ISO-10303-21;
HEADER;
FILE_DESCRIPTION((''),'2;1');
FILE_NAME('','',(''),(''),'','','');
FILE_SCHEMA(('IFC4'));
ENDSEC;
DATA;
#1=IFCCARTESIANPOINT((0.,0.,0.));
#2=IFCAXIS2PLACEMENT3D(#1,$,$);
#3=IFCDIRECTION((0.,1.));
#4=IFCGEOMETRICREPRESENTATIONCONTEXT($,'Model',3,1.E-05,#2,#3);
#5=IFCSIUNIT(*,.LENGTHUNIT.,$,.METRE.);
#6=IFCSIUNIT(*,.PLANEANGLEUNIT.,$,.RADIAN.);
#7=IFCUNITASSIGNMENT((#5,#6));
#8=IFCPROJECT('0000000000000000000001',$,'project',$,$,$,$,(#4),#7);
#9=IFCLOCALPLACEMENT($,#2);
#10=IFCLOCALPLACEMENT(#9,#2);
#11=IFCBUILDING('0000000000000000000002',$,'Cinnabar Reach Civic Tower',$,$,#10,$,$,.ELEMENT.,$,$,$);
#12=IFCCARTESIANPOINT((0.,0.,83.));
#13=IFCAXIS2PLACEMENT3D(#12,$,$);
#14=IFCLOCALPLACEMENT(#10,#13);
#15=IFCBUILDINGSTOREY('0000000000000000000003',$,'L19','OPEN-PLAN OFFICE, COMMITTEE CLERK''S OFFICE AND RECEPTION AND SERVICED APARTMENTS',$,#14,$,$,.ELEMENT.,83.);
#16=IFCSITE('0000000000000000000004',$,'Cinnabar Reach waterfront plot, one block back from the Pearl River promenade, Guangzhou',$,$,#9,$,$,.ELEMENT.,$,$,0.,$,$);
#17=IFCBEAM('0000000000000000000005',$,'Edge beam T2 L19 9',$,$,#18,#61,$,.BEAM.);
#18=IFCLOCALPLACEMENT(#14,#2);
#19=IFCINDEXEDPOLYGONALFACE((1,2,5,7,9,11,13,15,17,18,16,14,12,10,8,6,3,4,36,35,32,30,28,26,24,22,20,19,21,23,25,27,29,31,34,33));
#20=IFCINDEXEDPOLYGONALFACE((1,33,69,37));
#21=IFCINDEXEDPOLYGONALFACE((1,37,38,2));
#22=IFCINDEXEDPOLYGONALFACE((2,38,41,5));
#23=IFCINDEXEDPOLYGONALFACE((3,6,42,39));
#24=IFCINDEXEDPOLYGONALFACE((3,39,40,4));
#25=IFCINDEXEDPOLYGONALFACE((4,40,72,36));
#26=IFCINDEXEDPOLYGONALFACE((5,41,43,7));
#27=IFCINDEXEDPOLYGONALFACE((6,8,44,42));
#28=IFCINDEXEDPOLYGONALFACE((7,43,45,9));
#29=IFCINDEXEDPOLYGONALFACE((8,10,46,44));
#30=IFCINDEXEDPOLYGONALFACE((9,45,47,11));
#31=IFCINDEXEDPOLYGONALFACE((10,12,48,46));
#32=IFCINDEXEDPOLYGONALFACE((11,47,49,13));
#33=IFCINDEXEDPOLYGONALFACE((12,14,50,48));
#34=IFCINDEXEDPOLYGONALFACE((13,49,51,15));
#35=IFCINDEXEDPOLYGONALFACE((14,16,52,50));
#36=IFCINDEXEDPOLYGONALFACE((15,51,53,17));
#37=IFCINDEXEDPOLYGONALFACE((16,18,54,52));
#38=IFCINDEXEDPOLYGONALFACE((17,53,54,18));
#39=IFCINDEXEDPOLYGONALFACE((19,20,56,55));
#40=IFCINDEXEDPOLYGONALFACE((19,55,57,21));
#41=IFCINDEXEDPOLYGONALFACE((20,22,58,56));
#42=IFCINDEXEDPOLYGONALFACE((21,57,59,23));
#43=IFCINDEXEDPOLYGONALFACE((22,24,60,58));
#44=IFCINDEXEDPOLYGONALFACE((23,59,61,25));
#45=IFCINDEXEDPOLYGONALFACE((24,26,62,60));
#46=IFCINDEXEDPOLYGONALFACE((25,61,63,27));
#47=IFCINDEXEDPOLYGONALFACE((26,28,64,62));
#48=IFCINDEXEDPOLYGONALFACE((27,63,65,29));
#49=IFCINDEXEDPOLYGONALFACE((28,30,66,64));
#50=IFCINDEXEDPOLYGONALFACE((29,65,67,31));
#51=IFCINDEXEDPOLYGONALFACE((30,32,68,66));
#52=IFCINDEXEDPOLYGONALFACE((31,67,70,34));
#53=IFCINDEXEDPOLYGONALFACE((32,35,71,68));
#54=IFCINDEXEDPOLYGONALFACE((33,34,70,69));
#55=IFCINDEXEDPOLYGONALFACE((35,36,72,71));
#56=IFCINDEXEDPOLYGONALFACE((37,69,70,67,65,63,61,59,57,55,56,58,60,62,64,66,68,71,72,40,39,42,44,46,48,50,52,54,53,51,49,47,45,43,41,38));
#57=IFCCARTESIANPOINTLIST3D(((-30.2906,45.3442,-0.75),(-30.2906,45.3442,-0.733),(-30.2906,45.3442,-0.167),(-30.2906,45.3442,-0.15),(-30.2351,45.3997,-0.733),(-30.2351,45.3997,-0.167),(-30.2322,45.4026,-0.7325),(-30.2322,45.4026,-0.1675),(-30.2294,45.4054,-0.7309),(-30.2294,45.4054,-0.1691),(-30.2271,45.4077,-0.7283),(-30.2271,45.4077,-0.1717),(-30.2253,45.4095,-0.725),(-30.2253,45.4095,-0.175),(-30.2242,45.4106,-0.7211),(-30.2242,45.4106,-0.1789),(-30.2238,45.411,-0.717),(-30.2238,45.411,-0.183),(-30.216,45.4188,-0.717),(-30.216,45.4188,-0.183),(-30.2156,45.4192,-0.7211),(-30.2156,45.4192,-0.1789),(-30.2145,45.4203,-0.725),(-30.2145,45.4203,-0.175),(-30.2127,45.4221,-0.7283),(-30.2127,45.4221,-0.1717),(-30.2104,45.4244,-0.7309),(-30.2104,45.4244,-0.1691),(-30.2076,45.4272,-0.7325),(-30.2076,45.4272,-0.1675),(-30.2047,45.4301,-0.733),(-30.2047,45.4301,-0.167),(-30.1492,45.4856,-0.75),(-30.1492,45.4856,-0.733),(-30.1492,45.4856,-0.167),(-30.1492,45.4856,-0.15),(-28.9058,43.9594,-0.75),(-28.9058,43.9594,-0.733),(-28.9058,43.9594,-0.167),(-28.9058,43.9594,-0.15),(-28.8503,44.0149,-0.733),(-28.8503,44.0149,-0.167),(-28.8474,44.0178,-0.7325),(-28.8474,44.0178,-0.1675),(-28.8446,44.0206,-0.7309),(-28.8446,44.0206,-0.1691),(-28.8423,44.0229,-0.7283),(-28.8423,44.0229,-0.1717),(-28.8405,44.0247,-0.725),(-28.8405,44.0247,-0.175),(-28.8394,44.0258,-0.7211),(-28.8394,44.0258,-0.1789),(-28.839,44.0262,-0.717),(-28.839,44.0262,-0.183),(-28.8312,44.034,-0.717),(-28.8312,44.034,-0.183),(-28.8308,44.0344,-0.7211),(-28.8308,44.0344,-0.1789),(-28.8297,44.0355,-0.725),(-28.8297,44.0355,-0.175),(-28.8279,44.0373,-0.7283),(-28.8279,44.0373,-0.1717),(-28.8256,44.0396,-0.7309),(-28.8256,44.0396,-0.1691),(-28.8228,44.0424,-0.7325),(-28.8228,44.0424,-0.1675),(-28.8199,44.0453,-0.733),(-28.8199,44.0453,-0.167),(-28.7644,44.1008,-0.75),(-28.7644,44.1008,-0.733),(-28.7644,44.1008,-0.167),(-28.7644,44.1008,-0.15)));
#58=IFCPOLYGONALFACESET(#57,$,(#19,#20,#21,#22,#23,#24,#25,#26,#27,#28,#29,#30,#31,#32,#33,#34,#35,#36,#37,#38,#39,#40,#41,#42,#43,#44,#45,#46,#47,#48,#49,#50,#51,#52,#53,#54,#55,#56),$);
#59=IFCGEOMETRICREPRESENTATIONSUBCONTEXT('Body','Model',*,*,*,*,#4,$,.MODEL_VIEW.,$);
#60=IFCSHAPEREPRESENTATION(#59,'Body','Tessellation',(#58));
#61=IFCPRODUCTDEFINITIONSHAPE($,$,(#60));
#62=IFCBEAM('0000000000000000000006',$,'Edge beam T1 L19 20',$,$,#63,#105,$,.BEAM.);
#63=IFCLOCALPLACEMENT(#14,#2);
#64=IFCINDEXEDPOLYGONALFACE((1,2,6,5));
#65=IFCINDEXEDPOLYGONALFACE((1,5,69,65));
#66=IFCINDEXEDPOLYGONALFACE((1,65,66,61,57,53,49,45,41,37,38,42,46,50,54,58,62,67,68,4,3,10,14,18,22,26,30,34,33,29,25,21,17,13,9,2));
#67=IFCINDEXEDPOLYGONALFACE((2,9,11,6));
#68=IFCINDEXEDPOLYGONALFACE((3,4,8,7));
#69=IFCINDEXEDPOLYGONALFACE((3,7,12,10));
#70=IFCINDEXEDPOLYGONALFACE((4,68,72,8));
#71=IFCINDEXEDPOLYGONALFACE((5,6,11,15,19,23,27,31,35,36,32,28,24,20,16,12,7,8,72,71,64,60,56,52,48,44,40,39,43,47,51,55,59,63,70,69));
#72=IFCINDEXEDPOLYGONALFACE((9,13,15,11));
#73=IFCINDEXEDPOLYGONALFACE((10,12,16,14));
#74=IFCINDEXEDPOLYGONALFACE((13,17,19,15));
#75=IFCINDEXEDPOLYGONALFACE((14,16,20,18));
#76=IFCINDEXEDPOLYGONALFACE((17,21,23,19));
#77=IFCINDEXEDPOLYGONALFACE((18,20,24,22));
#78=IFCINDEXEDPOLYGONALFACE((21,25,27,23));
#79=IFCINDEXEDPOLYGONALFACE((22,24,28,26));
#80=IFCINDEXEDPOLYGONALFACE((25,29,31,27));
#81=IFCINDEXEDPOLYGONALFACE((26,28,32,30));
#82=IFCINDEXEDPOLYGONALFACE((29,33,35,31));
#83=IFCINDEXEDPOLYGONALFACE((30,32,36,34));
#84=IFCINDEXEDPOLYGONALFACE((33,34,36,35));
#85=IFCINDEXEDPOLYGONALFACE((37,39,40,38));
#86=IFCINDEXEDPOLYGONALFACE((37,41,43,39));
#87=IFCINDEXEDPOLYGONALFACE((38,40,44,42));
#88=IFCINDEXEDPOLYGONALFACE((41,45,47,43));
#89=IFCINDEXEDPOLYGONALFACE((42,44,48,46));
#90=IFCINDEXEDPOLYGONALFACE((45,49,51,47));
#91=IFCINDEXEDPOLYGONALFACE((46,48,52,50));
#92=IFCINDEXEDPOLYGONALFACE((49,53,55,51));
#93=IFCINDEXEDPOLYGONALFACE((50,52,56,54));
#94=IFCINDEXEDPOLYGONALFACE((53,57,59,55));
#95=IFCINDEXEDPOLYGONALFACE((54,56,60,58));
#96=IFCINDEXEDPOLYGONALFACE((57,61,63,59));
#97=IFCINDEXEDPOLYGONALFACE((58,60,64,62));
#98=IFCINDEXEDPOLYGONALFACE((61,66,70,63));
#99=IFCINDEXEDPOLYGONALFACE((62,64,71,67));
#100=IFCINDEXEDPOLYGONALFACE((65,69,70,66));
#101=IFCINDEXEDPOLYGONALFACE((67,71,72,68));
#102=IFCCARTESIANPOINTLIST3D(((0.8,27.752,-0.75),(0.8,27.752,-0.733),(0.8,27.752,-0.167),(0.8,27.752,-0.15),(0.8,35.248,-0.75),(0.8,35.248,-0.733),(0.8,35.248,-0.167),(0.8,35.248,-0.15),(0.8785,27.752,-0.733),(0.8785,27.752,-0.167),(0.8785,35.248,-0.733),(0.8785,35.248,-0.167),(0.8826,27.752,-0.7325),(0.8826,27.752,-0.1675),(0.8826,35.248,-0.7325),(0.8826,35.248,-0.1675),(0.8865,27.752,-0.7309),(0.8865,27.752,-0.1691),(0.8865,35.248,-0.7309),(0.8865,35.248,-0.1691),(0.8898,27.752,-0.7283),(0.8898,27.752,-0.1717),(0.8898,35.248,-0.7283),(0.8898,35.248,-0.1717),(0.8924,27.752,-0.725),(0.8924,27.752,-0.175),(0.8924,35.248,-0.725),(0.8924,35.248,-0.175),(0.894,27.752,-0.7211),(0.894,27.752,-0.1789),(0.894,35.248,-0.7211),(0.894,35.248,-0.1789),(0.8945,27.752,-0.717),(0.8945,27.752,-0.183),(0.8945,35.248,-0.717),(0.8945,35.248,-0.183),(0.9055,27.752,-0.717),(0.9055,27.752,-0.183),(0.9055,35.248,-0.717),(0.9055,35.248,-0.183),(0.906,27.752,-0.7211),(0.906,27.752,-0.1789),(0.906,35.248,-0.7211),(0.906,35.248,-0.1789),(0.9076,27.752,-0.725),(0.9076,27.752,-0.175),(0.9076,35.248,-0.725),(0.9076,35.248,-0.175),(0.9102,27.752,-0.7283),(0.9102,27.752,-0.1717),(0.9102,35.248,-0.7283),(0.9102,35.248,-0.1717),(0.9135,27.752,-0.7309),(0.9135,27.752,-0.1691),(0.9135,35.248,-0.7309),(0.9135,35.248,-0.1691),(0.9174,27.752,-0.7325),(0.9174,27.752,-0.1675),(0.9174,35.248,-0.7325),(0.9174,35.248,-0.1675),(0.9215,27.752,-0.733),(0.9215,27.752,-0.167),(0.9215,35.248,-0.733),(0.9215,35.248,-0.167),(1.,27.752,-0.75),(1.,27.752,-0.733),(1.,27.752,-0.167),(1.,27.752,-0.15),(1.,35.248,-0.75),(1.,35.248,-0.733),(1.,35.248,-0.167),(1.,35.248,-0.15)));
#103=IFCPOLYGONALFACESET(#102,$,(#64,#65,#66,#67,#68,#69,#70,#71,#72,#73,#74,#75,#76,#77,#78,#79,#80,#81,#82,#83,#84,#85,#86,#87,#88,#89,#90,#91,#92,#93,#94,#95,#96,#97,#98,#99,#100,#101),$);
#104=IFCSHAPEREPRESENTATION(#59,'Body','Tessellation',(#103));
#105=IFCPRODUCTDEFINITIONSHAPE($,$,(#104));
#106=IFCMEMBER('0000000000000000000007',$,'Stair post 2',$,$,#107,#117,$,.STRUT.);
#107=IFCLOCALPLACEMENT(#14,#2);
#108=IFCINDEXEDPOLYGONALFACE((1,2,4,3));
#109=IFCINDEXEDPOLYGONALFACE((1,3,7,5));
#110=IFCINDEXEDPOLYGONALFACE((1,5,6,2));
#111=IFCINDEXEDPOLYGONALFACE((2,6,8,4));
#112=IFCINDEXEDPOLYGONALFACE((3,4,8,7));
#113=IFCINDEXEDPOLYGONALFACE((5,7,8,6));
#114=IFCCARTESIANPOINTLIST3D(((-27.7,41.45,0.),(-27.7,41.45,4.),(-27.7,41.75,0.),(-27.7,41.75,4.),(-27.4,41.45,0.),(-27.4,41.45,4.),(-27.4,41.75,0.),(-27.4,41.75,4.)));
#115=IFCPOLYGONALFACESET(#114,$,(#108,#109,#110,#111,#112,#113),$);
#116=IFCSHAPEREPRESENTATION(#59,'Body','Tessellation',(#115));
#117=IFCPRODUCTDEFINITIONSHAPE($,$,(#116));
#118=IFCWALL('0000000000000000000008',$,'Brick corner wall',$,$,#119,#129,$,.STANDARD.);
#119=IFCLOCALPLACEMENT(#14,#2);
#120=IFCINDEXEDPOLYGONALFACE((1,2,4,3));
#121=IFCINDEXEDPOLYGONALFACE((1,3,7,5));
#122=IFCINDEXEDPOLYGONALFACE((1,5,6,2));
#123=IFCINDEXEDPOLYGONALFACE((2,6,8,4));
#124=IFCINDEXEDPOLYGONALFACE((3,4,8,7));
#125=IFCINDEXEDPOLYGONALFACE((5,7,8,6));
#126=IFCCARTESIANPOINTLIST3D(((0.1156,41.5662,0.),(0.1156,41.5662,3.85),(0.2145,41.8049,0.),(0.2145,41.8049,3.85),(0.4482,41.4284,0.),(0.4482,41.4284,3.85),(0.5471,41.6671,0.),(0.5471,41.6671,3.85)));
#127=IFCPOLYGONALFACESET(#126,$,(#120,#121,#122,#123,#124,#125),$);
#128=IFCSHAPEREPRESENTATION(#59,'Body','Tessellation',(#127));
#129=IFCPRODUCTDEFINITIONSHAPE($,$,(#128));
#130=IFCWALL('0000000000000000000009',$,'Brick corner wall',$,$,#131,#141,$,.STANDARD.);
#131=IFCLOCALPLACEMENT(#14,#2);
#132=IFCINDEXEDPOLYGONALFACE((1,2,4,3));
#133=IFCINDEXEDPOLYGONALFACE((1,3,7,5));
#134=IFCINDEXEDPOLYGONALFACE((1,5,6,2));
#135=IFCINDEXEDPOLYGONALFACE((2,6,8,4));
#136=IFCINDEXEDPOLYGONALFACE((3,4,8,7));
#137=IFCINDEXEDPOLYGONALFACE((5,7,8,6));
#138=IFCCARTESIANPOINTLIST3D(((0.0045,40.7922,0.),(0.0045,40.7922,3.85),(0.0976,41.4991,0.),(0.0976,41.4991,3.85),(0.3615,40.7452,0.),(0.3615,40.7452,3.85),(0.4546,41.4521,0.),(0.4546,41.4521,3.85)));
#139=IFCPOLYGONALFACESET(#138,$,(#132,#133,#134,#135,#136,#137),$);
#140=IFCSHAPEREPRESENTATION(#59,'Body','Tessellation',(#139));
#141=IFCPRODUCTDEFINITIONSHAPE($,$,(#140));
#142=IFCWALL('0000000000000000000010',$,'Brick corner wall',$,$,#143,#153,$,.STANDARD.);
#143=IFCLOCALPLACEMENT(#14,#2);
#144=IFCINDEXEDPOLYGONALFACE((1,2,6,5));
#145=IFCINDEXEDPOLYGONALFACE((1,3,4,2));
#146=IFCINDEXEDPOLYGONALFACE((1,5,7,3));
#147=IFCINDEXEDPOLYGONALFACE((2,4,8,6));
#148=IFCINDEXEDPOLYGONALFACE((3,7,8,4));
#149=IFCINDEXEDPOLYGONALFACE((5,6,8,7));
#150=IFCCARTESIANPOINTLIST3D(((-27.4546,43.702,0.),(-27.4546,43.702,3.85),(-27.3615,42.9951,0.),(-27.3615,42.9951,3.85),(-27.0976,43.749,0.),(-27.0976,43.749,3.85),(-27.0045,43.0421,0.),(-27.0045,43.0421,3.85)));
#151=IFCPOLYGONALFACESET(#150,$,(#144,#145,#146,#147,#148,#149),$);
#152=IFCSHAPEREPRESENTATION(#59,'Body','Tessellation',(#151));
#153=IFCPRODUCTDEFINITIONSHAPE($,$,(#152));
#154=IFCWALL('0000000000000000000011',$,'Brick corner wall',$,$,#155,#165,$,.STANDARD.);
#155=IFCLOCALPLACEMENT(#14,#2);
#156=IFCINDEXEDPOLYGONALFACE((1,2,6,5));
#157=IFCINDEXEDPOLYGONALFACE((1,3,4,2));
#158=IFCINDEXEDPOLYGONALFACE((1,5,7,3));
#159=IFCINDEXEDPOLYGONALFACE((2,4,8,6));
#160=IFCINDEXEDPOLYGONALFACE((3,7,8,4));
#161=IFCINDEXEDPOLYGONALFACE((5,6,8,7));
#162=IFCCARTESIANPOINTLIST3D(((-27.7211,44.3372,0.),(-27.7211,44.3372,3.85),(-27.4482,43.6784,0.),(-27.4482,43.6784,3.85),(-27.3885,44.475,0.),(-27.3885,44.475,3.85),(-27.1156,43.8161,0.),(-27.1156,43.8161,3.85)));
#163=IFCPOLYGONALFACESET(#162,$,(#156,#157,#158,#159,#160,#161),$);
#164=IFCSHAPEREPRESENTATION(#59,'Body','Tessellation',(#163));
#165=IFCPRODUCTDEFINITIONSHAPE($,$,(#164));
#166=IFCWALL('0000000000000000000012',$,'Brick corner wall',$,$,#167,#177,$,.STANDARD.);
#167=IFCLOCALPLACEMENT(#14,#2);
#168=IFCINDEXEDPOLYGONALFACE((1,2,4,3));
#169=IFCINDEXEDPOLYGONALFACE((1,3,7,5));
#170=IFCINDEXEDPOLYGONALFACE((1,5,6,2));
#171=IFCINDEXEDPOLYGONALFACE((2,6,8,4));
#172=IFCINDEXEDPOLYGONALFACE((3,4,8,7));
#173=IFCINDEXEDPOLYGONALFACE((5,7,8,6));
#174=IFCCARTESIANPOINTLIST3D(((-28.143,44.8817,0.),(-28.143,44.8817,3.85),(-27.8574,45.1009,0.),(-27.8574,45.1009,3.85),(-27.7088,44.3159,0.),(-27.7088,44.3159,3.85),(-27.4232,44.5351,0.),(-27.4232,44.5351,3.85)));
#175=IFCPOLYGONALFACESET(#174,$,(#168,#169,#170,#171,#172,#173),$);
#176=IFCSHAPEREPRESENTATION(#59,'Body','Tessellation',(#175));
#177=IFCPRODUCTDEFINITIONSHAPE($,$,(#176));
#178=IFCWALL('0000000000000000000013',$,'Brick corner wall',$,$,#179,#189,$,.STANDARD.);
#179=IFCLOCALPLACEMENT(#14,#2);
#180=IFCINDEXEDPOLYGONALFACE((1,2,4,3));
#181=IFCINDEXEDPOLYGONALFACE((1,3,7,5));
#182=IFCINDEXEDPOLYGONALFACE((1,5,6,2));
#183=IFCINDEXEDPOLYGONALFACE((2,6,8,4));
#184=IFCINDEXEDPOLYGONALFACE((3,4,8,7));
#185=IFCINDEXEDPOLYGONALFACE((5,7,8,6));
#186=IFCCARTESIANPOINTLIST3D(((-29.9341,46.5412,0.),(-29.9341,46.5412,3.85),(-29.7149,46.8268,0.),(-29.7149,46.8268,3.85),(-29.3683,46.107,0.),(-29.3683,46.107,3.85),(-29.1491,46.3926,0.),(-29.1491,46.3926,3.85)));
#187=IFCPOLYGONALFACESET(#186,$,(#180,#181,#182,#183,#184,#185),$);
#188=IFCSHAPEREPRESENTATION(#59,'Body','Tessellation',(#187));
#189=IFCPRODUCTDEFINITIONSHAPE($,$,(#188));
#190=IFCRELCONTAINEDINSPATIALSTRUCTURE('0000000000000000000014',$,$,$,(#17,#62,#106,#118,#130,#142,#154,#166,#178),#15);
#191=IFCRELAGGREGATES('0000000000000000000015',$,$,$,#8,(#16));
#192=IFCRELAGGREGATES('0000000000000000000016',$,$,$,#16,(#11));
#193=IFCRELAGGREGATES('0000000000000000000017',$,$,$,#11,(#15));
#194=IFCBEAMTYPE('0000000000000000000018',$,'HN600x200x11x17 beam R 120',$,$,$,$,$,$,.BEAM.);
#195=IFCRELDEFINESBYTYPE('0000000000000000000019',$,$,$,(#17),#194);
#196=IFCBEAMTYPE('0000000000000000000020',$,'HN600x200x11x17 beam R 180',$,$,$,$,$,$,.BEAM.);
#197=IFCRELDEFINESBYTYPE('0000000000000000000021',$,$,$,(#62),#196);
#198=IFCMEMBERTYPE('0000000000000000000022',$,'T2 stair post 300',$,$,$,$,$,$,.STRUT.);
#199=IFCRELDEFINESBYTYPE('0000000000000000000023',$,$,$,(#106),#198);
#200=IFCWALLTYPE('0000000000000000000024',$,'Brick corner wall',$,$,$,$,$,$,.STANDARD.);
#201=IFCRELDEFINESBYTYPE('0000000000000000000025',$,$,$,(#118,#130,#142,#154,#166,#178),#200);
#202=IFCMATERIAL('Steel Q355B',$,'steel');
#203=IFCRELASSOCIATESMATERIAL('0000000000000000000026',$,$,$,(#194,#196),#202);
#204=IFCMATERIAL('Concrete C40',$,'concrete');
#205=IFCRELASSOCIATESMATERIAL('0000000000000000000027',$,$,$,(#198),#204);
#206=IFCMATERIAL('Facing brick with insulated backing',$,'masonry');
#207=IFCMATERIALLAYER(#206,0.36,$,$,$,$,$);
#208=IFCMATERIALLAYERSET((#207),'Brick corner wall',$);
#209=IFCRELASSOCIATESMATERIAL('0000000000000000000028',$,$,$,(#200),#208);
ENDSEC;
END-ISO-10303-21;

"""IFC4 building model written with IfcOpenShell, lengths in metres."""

from ifc_helpers import new_model, si_unit, direction, frame, frame_2d, origin, origin_2d, place, context, subcontext, project, spatial, rectangle, i_section, extrude, material, layer, layer_set, material_profile, profile_set, type_object, element, save


model = new_model("IFC4")

# Units and contexts
model_context = context("Model", 3, precision=1e-05, world=origin(), true_north=direction((0.0, 1.0)))
body_context = subcontext(model_context, "Body", "Model", "MODEL_VIEW")
ifc_project = project(units=[si_unit("LENGTHUNIT", "METRE"), si_unit("PLANEANGLEUNIT", "RADIAN")], contexts=[model_context])

# Site, building, storey
site_placement = place(None, origin())
site = spatial("IfcSite", under=ifc_project, at=site_placement, Name="Cinnabar Reach waterfront plot, one block back from the Pearl River promenade, Guangzhou", CompositionType="ELEMENT", RefElevation=0.0)
building_placement = place(site_placement, origin())
building = spatial("IfcBuilding", under=site, at=building_placement, Name="Cinnabar Reach Civic Tower", CompositionType="ELEMENT")
storey_placement = place(building_placement, frame((0.0, 0.0, 83.0)))
storey = spatial("IfcBuildingStorey", under=building, at=storey_placement, Name="L19", Description="OPEN-PLAN OFFICE, COMMITTEE CLERK'S OFFICE AND RECEPTION AND SERVICED APARTMENTS", CompositionType="ELEMENT", Elevation=83.0)

# Beams
ifc_material_1 = material(Name="Steel Q355B", Category="steel")
ifc_material_profile_1 = material_profile(ifc_material_1, i_section(OverallWidth=0.2, OverallDepth=0.6, WebThickness=0.011, FlangeThickness=0.017, FilletRadius=0.016, at=origin_2d()), Name="HN600x200x11x17")
ifc_profile_set_1 = profile_set([ifc_material_profile_1], Name="Steel Q355B")
beam_type_1 = type_object("IfcBeamType", Name="HN600x200x11x17 beam R 120", PredefinedType="BEAM", material=ifc_profile_set_1)
beam_1_placement = place(storey_placement, frame((-28.8351, 44.0301, -0.45), z_axis=(-0.707107, 0.707107, 0.0), x_axis=(-0.707107, -0.707107, 0.0)))
element("IfcBeam", 1, at=beam_1_placement, inside=storey, type_object=beam_type_1, Name="Edge beam T2 L19 9", PredefinedType="BEAM", context=body_context, shape_type="SweptSolid", body=[
    extrude(i_section(OverallWidth=0.2, OverallDepth=0.6, WebThickness=0.011, FlangeThickness=0.017, FilletRadius=0.016, at=origin_2d()), origin(), (0.0, 0.0, 1.0), 1.9584),
])
ifc_material_profile_2 = material_profile(ifc_material_1, i_section(OverallWidth=0.2, OverallDepth=0.6, WebThickness=0.011, FlangeThickness=0.017, FilletRadius=0.016, at=origin_2d()), Name="HN600x200x11x17")
ifc_profile_set_2 = profile_set([ifc_material_profile_2], Name="Steel Q355B")
beam_type_2 = type_object("IfcBeamType", Name="HN600x200x11x17 beam R 180", PredefinedType="BEAM", material=ifc_profile_set_2)
beam_2_placement = place(storey_placement, frame((0.9, 35.248, -0.45), z_axis=(0.0, -1.0, 0.0), x_axis=(1.0, 0.0, 0.0)))
element("IfcBeam", 2, at=beam_2_placement, inside=storey, type_object=beam_type_2, Name="Edge beam T1 L19 20", PredefinedType="BEAM", context=body_context, shape_type="SweptSolid", body=[
    extrude(i_section(OverallWidth=0.2, OverallDepth=0.6, WebThickness=0.011, FlangeThickness=0.017, FilletRadius=0.016, at=origin_2d()), origin(), (0.0, 0.0, 1.0), 7.496),
])

# Member
ifc_material_2 = material(Name="Concrete C40", Category="concrete")
ifc_material_profile_3 = material_profile(ifc_material_2, rectangle(XDim=0.3, YDim=0.3, at=origin_2d()), Name="C300")
ifc_profile_set_3 = profile_set([ifc_material_profile_3], Name="Concrete C40")
member_type = type_object("IfcMemberType", Name="T2 stair post 300", PredefinedType="STRUT", material=ifc_profile_set_3)
member_placement = place(storey_placement, frame((-27.55, 41.6, 0.0), z_axis=(0.0, 0.0, 1.0), x_axis=(1.0, 0.0, 0.0)))
element("IfcMember", 3, at=member_placement, inside=storey, type_object=member_type, Name="Stair post 2", PredefinedType="STRUT", context=body_context, shape_type="SweptSolid", body=[
    extrude(rectangle(XDim=0.3, YDim=0.3, at=origin_2d()), origin(), (0.0, 0.0, 1.0), 4.0),
])

# Walls
ifc_material_3 = material(Name="Facing brick with insulated backing", Category="masonry")
ifc_layer_1 = layer(ifc_material_3, 0.36)
ifc_layer_set_1 = layer_set([ifc_layer_1], Name="Brick corner wall")
wall_type_1 = type_object("IfcWallType", Name="Brick corner wall", PredefinedType="STANDARD", material=ifc_layer_set_1)
wall_1_placement = place(storey_placement, frame((0.3808, 41.736, 0.0), z_axis=(0.0, 0.0, 1.0), x_axis=(-0.382773, -0.923842, 0.0)))
element("IfcWall", 4, at=wall_1_placement, inside=storey, type_object=wall_type_1, Name="Brick corner wall", PredefinedType="STANDARD", context=body_context, shape_type="SweptSolid", body=[
    extrude(rectangle(XDim=0.2584, YDim=0.36, at=frame_2d((0.1292, 0.0))), origin(), (0.0, 0.0, 1.0), 3.85),
])
for number, where, z_axis, x_axis, name in (
    (5, (0.2761, 41.4756, 0.0), (0.0, 0.0, 1.0), (-0.130556, -0.991441, 0.0), "Brick corner wall"),
    (6, (-27.183, 43.0186, 0.0), (0.0, 0.0, 1.0), (-0.130556, 0.991441, 0.0), "Brick corner wall"),
    (7, (-27.2819, 43.7473, 0.0), (0.0, 0.0, 1.0), (-0.382703, 0.923872, 0.0), "Brick corner wall"),
):
    element("IfcWall", number, at=place(storey_placement, frame(where, z_axis=z_axis, x_axis=x_axis)), inside=storey, type_object=wall_type_1, Name=name, PredefinedType="STANDARD", context=body_context, shape_type="SweptSolid", body=[
        extrude(rectangle(XDim=0.7131, YDim=0.36, at=frame_2d((0.3565, 0.0))), origin(), (0.0, 0.0, 1.0), 3.85),
    ])
for number, where, z_axis, x_axis, name in (
    (8, (-27.566, 44.4255, 0.0), (0.0, 0.0, 1.0), (-0.608802, 0.793322, 0.0), "Brick corner wall"),
    (9, (-29.2587, 46.2498, 0.0), (0.0, 0.0, 1.0), (-0.793322, 0.608802, 0.0), "Brick corner wall"),
):
    element("IfcWall", number, at=place(storey_placement, frame(where, z_axis=z_axis, x_axis=x_axis)), inside=storey, type_object=wall_type_1, Name=name, PredefinedType="STANDARD", context=body_context, shape_type="SweptSolid", body=[
        extrude(rectangle(XDim=0.7132, YDim=0.36, at=frame_2d((0.3566, 0.0))), origin(), (0.0, 0.0, 1.0), 3.85),
    ])

save(model, "model.ifc")
